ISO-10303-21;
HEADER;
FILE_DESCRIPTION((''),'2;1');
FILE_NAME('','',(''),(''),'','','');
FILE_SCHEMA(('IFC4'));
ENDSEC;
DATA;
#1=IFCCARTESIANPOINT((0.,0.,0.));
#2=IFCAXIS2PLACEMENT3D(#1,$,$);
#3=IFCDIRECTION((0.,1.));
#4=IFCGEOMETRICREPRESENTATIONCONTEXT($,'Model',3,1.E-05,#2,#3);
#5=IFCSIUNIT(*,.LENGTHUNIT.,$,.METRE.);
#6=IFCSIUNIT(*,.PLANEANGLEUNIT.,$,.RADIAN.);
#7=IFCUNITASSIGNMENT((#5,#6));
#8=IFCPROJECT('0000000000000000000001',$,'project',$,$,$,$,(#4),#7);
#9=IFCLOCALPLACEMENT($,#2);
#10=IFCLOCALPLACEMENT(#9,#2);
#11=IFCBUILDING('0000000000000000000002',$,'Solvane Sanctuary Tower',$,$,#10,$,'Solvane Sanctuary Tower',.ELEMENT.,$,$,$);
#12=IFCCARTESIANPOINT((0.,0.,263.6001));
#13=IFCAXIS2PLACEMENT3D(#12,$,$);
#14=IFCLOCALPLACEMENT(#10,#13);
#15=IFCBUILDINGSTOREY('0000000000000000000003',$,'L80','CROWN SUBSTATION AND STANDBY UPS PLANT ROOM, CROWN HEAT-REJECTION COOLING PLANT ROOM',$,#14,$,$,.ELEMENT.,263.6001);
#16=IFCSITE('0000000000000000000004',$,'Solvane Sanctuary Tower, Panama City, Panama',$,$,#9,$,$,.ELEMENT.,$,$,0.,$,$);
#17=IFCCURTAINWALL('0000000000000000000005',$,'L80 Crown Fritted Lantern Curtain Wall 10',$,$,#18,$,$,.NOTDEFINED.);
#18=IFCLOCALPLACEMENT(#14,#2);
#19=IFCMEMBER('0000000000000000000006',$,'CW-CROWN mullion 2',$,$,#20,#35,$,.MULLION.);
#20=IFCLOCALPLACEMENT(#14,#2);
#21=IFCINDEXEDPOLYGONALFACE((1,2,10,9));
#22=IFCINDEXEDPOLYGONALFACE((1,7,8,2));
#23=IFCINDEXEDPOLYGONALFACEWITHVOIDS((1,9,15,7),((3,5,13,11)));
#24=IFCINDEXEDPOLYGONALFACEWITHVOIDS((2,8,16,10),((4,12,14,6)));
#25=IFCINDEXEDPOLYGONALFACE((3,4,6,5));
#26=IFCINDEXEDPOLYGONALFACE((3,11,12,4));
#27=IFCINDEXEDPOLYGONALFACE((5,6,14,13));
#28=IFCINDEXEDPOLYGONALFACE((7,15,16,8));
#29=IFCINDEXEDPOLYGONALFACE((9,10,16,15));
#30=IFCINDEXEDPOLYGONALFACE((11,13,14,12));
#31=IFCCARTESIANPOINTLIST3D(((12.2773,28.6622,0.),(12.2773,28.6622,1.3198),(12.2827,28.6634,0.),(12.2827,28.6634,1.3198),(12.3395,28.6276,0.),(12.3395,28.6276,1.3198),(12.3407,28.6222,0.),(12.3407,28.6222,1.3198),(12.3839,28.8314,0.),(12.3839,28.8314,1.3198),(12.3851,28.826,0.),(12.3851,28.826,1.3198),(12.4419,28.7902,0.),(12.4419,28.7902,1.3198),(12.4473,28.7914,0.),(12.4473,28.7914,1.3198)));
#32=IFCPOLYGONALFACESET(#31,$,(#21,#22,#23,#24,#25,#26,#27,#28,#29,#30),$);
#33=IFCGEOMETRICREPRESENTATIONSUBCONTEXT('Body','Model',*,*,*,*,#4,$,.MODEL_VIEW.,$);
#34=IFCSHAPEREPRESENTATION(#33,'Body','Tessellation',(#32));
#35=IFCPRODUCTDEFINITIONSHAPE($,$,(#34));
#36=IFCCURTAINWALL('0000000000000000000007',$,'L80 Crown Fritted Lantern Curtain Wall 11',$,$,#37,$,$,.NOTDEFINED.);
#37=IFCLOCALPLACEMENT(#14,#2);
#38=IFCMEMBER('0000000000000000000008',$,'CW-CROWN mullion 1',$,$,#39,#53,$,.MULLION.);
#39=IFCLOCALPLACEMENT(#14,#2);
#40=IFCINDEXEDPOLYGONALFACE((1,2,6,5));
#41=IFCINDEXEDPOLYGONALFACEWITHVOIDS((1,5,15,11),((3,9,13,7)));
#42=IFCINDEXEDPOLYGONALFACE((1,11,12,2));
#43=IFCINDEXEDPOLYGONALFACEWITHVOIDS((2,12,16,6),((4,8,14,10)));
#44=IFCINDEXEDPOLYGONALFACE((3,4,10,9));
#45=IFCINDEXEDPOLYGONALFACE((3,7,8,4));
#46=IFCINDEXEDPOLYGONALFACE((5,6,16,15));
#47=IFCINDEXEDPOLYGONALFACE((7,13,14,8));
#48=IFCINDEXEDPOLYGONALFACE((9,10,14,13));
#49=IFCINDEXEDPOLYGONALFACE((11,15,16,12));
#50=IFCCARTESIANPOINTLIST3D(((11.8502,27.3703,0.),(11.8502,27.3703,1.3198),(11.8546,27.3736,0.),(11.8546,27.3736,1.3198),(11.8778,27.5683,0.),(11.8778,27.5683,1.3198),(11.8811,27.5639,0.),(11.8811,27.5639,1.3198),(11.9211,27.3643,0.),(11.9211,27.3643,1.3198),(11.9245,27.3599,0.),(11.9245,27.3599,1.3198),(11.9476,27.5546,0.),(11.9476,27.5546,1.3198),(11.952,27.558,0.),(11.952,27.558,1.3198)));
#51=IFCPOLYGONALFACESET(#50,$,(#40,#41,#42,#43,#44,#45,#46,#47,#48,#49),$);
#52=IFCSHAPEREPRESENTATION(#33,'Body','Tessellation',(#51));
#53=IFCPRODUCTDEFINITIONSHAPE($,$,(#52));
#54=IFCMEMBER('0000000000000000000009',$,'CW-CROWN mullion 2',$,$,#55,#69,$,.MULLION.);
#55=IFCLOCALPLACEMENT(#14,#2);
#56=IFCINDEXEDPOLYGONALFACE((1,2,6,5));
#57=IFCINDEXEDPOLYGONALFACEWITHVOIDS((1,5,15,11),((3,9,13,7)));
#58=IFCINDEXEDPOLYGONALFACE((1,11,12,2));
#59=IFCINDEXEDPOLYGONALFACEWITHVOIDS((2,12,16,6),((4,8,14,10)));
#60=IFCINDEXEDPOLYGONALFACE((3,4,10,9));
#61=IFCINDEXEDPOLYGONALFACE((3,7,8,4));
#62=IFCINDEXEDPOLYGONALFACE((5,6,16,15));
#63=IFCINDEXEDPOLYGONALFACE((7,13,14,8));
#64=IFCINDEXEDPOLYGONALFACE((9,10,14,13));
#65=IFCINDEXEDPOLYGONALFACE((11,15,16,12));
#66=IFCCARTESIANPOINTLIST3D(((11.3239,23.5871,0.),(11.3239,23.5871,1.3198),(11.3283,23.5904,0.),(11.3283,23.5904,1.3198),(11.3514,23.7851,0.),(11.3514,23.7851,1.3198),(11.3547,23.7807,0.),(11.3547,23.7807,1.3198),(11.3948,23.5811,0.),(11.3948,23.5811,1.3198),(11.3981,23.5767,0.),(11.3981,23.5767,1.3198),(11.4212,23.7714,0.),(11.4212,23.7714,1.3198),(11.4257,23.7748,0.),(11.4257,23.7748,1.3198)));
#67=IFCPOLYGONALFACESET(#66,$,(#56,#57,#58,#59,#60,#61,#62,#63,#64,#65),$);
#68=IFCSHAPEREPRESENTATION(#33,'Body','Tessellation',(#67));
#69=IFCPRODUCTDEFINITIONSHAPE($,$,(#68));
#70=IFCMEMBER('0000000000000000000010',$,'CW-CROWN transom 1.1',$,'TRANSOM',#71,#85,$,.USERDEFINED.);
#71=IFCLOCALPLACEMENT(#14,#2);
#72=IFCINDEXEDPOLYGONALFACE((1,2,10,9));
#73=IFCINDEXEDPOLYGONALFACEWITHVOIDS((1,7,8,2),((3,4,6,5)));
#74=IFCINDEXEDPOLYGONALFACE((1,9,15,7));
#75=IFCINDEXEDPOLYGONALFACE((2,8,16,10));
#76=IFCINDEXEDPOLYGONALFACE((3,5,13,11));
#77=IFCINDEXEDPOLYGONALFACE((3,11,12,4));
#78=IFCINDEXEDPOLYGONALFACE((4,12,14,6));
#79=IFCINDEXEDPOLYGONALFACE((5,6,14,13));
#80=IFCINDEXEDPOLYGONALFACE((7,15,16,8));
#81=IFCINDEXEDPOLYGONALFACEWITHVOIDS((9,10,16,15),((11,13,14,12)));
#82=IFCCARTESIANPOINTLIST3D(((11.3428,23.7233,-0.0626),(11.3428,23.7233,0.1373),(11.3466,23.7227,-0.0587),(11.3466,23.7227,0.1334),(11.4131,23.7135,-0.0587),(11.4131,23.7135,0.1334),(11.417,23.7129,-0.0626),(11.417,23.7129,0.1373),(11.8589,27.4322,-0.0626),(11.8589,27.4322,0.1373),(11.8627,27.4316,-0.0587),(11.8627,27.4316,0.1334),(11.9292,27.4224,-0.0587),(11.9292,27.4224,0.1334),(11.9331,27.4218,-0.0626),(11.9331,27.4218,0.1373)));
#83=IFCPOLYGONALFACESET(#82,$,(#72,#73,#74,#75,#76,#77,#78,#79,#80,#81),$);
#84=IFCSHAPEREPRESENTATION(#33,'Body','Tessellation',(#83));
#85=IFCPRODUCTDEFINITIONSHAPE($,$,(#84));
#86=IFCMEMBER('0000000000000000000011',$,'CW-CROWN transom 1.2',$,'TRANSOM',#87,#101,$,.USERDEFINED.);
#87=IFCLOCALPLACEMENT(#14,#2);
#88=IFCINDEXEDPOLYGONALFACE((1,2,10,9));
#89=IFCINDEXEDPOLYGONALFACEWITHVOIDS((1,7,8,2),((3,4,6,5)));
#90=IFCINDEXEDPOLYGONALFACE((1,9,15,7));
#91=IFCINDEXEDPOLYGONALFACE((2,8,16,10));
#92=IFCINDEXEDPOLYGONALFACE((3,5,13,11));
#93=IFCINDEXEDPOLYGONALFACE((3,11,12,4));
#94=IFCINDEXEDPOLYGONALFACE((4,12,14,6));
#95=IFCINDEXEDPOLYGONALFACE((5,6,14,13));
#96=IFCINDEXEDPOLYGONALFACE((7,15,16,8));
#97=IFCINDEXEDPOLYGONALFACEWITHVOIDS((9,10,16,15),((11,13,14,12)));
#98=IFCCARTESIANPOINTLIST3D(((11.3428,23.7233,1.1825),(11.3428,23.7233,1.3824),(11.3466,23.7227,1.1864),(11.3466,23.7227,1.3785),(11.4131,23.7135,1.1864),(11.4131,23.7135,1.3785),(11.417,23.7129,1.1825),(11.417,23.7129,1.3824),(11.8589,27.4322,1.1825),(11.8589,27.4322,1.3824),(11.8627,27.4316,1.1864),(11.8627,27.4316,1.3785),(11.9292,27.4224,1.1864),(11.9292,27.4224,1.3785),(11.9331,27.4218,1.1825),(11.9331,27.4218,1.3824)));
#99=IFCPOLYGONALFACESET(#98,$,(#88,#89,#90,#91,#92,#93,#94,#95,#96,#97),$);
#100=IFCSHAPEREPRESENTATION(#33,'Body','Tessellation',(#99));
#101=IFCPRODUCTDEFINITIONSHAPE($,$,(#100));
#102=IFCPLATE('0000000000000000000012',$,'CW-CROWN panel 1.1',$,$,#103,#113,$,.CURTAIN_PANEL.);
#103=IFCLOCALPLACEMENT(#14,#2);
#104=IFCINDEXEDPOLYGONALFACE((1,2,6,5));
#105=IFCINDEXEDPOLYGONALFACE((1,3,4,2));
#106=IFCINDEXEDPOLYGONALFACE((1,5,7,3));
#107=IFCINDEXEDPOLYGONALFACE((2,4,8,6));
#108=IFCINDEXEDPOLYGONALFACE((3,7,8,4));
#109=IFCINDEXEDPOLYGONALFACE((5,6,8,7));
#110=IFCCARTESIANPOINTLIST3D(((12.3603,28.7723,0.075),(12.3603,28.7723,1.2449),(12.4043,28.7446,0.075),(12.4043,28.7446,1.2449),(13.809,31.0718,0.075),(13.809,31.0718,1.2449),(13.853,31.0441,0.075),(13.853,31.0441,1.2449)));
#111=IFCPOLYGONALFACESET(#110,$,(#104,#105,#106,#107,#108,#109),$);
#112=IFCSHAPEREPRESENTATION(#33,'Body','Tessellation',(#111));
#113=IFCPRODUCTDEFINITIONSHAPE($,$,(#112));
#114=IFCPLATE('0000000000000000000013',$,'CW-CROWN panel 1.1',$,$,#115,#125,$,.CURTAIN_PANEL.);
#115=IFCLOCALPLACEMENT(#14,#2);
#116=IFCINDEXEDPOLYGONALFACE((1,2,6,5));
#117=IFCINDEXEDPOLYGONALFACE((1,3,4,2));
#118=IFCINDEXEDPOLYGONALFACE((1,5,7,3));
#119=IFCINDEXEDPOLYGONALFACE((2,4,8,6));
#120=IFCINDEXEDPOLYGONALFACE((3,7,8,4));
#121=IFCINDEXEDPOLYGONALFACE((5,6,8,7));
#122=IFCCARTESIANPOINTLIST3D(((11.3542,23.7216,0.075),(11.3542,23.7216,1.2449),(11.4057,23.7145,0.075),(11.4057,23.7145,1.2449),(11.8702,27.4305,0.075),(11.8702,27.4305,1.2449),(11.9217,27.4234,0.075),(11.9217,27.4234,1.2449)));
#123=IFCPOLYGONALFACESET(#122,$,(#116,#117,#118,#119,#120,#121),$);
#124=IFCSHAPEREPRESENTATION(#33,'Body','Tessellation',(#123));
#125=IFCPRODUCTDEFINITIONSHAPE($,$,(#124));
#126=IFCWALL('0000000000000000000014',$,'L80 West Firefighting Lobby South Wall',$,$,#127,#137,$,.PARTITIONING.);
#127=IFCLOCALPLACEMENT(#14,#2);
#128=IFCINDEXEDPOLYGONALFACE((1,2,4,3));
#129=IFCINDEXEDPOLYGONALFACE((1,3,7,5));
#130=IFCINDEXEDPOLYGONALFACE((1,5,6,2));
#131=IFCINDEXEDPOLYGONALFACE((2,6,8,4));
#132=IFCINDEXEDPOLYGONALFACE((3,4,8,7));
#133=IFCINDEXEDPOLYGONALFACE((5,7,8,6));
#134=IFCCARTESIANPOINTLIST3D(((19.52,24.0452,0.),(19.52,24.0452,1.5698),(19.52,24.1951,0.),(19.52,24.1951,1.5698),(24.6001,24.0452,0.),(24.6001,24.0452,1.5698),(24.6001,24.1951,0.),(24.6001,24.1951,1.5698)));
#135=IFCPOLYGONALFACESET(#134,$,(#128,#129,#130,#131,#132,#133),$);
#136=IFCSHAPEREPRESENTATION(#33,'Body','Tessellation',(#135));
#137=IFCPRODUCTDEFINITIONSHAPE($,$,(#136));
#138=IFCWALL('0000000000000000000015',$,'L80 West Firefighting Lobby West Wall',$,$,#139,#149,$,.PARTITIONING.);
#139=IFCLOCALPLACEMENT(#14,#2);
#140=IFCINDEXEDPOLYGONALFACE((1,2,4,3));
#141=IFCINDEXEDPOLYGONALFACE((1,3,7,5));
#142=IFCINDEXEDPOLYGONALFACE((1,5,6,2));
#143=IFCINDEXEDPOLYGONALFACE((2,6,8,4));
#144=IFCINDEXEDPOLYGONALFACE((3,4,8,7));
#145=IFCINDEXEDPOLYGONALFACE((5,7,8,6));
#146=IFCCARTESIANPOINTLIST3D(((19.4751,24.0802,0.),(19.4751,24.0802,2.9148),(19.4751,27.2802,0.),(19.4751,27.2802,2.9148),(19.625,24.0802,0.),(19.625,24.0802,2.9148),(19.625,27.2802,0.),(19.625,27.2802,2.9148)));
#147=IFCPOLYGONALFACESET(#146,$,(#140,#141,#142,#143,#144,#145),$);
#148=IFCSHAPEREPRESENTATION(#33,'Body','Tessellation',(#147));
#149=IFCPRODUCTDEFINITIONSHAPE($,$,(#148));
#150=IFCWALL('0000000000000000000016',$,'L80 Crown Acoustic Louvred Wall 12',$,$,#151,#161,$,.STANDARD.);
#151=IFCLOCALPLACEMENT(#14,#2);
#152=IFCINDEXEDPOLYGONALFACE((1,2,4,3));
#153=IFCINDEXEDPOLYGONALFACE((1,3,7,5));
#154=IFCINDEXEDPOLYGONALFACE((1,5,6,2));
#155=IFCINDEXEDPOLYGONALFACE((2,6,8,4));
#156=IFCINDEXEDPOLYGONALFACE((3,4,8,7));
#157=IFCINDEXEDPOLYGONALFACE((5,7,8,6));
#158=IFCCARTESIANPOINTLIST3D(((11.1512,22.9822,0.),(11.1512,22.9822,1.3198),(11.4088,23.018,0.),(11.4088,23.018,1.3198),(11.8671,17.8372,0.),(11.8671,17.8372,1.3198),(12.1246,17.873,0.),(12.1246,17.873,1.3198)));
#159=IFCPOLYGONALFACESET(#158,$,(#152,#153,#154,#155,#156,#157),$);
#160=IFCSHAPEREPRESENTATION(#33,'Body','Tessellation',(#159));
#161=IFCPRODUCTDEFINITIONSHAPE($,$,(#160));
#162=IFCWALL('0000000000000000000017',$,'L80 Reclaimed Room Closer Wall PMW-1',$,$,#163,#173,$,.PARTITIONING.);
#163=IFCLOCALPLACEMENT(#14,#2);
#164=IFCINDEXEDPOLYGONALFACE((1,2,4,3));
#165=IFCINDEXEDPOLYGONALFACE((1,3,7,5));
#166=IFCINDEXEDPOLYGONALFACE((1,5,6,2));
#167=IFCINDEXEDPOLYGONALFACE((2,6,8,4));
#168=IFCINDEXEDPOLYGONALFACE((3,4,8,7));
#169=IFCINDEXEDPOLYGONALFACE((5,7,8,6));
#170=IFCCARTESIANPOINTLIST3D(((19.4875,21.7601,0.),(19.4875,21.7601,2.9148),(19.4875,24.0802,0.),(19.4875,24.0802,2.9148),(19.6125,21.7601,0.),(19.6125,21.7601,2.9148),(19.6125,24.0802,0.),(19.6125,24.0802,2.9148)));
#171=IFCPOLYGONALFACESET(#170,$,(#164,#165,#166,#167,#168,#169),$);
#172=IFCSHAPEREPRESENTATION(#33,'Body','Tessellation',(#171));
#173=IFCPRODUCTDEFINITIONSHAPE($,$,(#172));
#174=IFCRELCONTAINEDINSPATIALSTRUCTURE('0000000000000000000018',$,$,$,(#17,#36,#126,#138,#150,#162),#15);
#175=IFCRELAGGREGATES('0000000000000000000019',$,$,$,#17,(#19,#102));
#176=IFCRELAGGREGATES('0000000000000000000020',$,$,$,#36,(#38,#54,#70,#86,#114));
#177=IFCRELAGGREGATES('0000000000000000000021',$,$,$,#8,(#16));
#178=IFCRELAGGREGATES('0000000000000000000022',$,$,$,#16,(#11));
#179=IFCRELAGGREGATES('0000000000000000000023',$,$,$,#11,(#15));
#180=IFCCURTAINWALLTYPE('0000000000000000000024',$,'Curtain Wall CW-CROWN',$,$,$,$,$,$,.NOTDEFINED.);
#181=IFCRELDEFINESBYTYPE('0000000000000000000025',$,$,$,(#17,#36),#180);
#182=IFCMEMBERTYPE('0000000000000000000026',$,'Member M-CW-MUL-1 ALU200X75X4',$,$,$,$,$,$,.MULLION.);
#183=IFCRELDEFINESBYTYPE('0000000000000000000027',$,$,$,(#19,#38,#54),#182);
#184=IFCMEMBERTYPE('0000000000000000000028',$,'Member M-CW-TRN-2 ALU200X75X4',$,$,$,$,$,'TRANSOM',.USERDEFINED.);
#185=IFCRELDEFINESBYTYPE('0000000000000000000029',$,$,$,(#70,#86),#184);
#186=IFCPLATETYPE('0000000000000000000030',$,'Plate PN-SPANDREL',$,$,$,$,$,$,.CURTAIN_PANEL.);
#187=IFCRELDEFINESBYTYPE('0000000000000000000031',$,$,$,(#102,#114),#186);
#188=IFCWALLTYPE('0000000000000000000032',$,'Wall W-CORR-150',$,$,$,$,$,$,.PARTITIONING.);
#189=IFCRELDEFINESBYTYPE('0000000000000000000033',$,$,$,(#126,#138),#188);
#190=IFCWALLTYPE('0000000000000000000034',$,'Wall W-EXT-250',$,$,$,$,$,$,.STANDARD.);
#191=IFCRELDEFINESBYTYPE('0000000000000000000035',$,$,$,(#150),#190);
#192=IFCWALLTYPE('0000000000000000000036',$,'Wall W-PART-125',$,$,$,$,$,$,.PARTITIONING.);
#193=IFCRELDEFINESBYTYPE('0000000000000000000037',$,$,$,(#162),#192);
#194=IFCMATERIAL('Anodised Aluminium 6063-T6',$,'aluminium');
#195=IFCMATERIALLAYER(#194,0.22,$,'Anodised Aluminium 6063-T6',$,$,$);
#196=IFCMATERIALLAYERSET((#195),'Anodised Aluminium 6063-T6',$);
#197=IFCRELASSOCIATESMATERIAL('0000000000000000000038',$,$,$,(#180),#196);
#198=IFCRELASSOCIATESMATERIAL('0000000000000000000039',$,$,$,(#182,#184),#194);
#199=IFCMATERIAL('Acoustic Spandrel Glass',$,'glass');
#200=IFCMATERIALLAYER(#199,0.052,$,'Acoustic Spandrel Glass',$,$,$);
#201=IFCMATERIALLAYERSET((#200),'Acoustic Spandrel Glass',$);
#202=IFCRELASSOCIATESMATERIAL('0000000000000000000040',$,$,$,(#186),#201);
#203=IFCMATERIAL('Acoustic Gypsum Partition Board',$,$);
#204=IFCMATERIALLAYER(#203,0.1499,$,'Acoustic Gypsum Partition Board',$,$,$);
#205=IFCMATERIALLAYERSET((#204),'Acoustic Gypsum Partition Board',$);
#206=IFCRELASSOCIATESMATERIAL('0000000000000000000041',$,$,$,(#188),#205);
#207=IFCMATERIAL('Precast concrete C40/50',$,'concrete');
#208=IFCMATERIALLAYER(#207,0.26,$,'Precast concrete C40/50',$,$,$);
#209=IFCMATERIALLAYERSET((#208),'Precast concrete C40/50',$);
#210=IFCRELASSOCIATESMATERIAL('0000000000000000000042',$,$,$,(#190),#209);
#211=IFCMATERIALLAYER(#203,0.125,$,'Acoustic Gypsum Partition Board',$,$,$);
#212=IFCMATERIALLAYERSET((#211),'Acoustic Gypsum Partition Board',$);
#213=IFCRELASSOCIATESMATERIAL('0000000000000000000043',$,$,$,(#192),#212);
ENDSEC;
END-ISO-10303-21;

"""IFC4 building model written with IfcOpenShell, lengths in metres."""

from ifc_helpers import new_model, si_unit, direction, frame, frame_2d, origin, origin_2d, place, context, subcontext, project, spatial, rectangle, hollow_rectangle, extrude, material, layer, layer_set, material_profile, profile_set, type_object, element, aggregate, save


model = new_model("IFC4")

# Units and contexts
model_context = context("Model", 3, precision=1e-05, world=origin(), true_north=direction((0.0, 1.0)))
body_context = subcontext(model_context, "Body", "Model", "MODEL_VIEW")
ifc_project = project(units=[si_unit("LENGTHUNIT", "METRE"), si_unit("PLANEANGLEUNIT", "RADIAN")], contexts=[model_context])

# Site, building, storey
site_placement = place(None, origin())
site = spatial("IfcSite", under=ifc_project, at=site_placement, Name="Solvane Sanctuary Tower, Panama City, Panama", CompositionType="ELEMENT", RefElevation=0.0)
building_placement = place(site_placement, origin())
building = spatial("IfcBuilding", under=site, at=building_placement, Name="Solvane Sanctuary Tower", LongName="Solvane Sanctuary Tower", CompositionType="ELEMENT")
storey_placement = place(building_placement, frame((0.0, 0.0, 263.6001)))
storey = spatial("IfcBuildingStorey", under=building, at=storey_placement, Name="L80", Description="CROWN SUBSTATION AND STANDBY UPS PLANT ROOM, CROWN HEAT-REJECTION COOLING PLANT ROOM", CompositionType="ELEMENT", Elevation=263.6001)

# Curtain wall, member
ifc_material_1 = material(Name="Anodised Aluminium 6063-T6", Category="aluminium")
ifc_layer_1 = layer(ifc_material_1, 0.22, Name="Anodised Aluminium 6063-T6")
ifc_layer_set_1 = layer_set([ifc_layer_1], Name="Anodised Aluminium 6063-T6")
curtain_wall_type = type_object("IfcCurtainWallType", Name="Curtain Wall CW-CROWN", PredefinedType="NOTDEFINED", material=ifc_layer_set_1)
curtain_wall_1_placement = place(storey_placement, origin())
curtain_wall_1 = element("IfcCurtainWall", 1, at=curtain_wall_1_placement, inside=storey, type_object=curtain_wall_type, Name="L80 Crown Fritted Lantern Curtain Wall 10", PredefinedType="NOTDEFINED")
ifc_material_profile_1 = material_profile(ifc_material_1, hollow_rectangle(XDim=0.075, YDim=0.2, WallThickness=0.0039, at=origin_2d()), Name="ALU200X75X4")
ifc_profile_set_1 = profile_set([ifc_material_profile_1], Name="Anodised Aluminium 6063-T6")
member_type_1 = type_object("IfcMemberType", Name="Member M-CW-MUL-1 ALU200X75X4", PredefinedType="MULLION", material=ifc_profile_set_1)
member_1_placement = place(storey_placement, frame((12.3623, 28.7268, 0.0), z_axis=(0.0, 0.0, 1.0), x_axis=(0.846087, -0.533045, 0.0)))
member_1 = element("IfcMember", 2, at=member_1_placement, type_object=member_type_1, Name="CW-CROWN mullion 2", PredefinedType="MULLION", context=body_context, shape_type="SweptSolid", body=[
    extrude(hollow_rectangle(XDim=0.075, YDim=0.2, WallThickness=0.0039, at=origin_2d()), origin(), (0.0, 0.0, 1.0), 1.3198),
])

# Curtain wall, members
curtain_wall_2_placement = place(storey_placement, origin())
curtain_wall_2 = element("IfcCurtainWall", 3, at=curtain_wall_2_placement, inside=storey, type_object=curtain_wall_type, Name="L80 Crown Fritted Lantern Curtain Wall 11", PredefinedType="NOTDEFINED")
member_2_placement = place(storey_placement, frame((11.9011, 27.4641, 0.0), z_axis=(0.0, 0.0, 1.0), x_axis=(0.990459, -0.137808, 0.0)))
member_2 = element("IfcMember", 4, at=member_2_placement, type_object=member_type_1, Name="CW-CROWN mullion 1", PredefinedType="MULLION", context=body_context, shape_type="SweptSolid", body=[
    extrude(hollow_rectangle(XDim=0.075, YDim=0.2, WallThickness=0.0039, at=origin_2d()), origin(), (0.0, 0.0, 1.0), 1.3198),
])
member_3_placement = place(storey_placement, frame((11.3748, 23.6809, 0.0), z_axis=(0.0, 0.0, 1.0), x_axis=(0.990459, -0.137808, 0.0)))
member_3 = element("IfcMember", 5, at=member_3_placement, type_object=member_type_1, Name="CW-CROWN mullion 2", PredefinedType="MULLION", context=body_context, shape_type="SweptSolid", body=[
    extrude(hollow_rectangle(XDim=0.075, YDim=0.2, WallThickness=0.0039, at=origin_2d()), origin(), (0.0, 0.0, 1.0), 1.3198),
])
ifc_material_profile_2 = material_profile(ifc_material_1, hollow_rectangle(XDim=0.075, YDim=0.2, WallThickness=0.0039, at=origin_2d()), Name="ALU200X75X4")
ifc_profile_set_2 = profile_set([ifc_material_profile_2], Name="Anodised Aluminium 6063-T6")
member_type_2 = type_object("IfcMemberType", Name="Member M-CW-TRN-2 ALU200X75X4", ElementType="TRANSOM", PredefinedType="USERDEFINED", material=ifc_profile_set_2)
member_4_placement = place(storey_placement, frame((11.896, 27.427, 0.0374), z_axis=(-0.137824, -0.990457, 0.0), x_axis=(0.990457, -0.137824, 0.0)))
member_4 = element("IfcMember", 6, at=member_4_placement, type_object=member_type_2, Name="CW-CROWN transom 1.1", ObjectType="TRANSOM", PredefinedType="USERDEFINED", context=body_context, shape_type="SweptSolid", body=[
    extrude(hollow_rectangle(XDim=0.075, YDim=0.2, WallThickness=0.0039, at=origin_2d()), origin(), (0.0, 0.0, 1.0), 3.7446),
])
member_5_placement = place(storey_placement, frame((11.896, 27.427, 1.2825), z_axis=(-0.137824, -0.990457, 0.0), x_axis=(0.990457, -0.137824, 0.0)))
member_5 = element("IfcMember", 7, at=member_5_placement, type_object=member_type_2, Name="CW-CROWN transom 1.2", ObjectType="TRANSOM", PredefinedType="USERDEFINED", context=body_context, shape_type="SweptSolid", body=[
    extrude(hollow_rectangle(XDim=0.075, YDim=0.2, WallThickness=0.0039, at=origin_2d()), origin(), (0.0, 0.0, 1.0), 3.7446),
])

# Plates
ifc_material_2 = material(Name="Acoustic Spandrel Glass", Category="glass")
ifc_layer_2 = layer(ifc_material_2, 0.052, Name="Acoustic Spandrel Glass")
ifc_layer_set_2 = layer_set([ifc_layer_2], Name="Acoustic Spandrel Glass")
plate_type = type_object("IfcPlateType", Name="Plate PN-SPANDREL", PredefinedType="CURTAIN_PANEL", material=ifc_layer_set_2)
plate_1_placement = place(storey_placement, frame((13.1067, 29.9082, 0.075), z_axis=(0.0, 0.0, 1.0), x_axis=(-0.533045, -0.846087, 0.0)))
plate_1 = element("IfcPlate", 8, at=plate_1_placement, type_object=plate_type, Name="CW-CROWN panel 1.1", PredefinedType="CURTAIN_PANEL", context=body_context, shape_type="SweptSolid", body=[
    extrude(rectangle(XDim=2.7178, YDim=0.052, at=origin_2d()), origin(), (0.0, 0.0, 1.0), 1.1699),
])
aggregate(curtain_wall_1, [member_1, plate_1])
plate_2_placement = place(storey_placement, frame((11.6379, 25.5725, 0.075), z_axis=(0.0, 0.0, 1.0), x_axis=(-0.137808, -0.990459, 0.0)))
plate_2 = element("IfcPlate", 9, at=plate_2_placement, type_object=plate_type, Name="CW-CROWN panel 1.1", PredefinedType="CURTAIN_PANEL", context=body_context, shape_type="SweptSolid", body=[
    extrude(rectangle(XDim=3.7446, YDim=0.052, at=origin_2d()), origin(), (0.0, 0.0, 1.0), 1.1699),
])
aggregate(curtain_wall_2, [member_2, member_3, member_4, member_5, plate_2])

# Walls
ifc_material_3 = material(Name="Acoustic Gypsum Partition Board")
ifc_layer_3 = layer(ifc_material_3, 0.1499, Name="Acoustic Gypsum Partition Board")
ifc_layer_set_3 = layer_set([ifc_layer_3], Name="Acoustic Gypsum Partition Board")
wall_type_1 = type_object("IfcWallType", Name="Wall W-CORR-150", PredefinedType="PARTITIONING", material=ifc_layer_set_3)
wall_1_placement = place(storey_placement, frame((19.52, 24.1201, 0.0), z_axis=(0.0, 0.0, 1.0), x_axis=(1.0, 0.0, 0.0)))
element("IfcWall", 10, at=wall_1_placement, inside=storey, type_object=wall_type_1, Name="L80 West Firefighting Lobby South Wall", PredefinedType="PARTITIONING", context=body_context, shape_type="SweptSolid", body=[
    extrude(rectangle(XDim=5.0801, YDim=0.1499, at=frame_2d((2.54, 0.0))), origin(), (0.0, 0.0, 1.0), 1.5698),
])
wall_2_placement = place(storey_placement, frame((19.55, 24.0801, 0.0), z_axis=(0.0, 0.0, 1.0), x_axis=(0.0, 1.0, 0.0)))
element("IfcWall", 11, at=wall_2_placement, inside=storey, type_object=wall_type_1, Name="L80 West Firefighting Lobby West Wall", PredefinedType="PARTITIONING", context=body_context, shape_type="SweptSolid", body=[
    extrude(rectangle(XDim=3.2, YDim=0.1499, at=frame_2d((1.6001, 0.0))), origin(), (0.0, 0.0, 1.0), 2.9148),
])
ifc_material_4 = material(Name="Precast concrete C40/50", Category="concrete")
ifc_layer_4 = layer(ifc_material_4, 0.26, Name="Precast concrete C40/50")
ifc_layer_set_4 = layer_set([ifc_layer_4], Name="Precast concrete C40/50")
wall_type_2 = type_object("IfcWallType", Name="Wall W-EXT-250", PredefinedType="STANDARD", material=ifc_layer_set_4)
wall_3_placement = place(storey_placement, frame((11.28, 23.0, 0.0), z_axis=(0.0, 0.0, 1.0), x_axis=(0.137801, -0.99046, 0.0)))
element("IfcWall", 12, at=wall_3_placement, inside=storey, type_object=wall_type_2, Name="L80 Crown Acoustic Louvred Wall 12", PredefinedType="STANDARD", context=body_context, shape_type="SweptSolid", body=[
    extrude(rectangle(XDim=5.1946, YDim=0.26, at=frame_2d((2.5972, 0.0))), origin(), (0.0, 0.0, 1.0), 1.3198),
])
ifc_layer_5 = layer(ifc_material_3, 0.125, Name="Acoustic Gypsum Partition Board")
ifc_layer_set_5 = layer_set([ifc_layer_5], Name="Acoustic Gypsum Partition Board")
wall_type_3 = type_object("IfcWallType", Name="Wall W-PART-125", PredefinedType="PARTITIONING", material=ifc_layer_set_5)
wall_4_placement = place(storey_placement, frame((19.55, 21.76, 0.0), z_axis=(0.0, 0.0, 1.0), x_axis=(0.0, 1.0, 0.0)))
element("IfcWall", 13, at=wall_4_placement, inside=storey, type_object=wall_type_3, Name="L80 Reclaimed Room Closer Wall PMW-1", PredefinedType="PARTITIONING", context=body_context, shape_type="SweptSolid", body=[
    extrude(rectangle(XDim=2.3201, YDim=0.125, at=frame_2d((1.1602, 0.0))), origin(), (0.0, 0.0, 1.0), 2.9148),
])

save(model, "model.ifc")
